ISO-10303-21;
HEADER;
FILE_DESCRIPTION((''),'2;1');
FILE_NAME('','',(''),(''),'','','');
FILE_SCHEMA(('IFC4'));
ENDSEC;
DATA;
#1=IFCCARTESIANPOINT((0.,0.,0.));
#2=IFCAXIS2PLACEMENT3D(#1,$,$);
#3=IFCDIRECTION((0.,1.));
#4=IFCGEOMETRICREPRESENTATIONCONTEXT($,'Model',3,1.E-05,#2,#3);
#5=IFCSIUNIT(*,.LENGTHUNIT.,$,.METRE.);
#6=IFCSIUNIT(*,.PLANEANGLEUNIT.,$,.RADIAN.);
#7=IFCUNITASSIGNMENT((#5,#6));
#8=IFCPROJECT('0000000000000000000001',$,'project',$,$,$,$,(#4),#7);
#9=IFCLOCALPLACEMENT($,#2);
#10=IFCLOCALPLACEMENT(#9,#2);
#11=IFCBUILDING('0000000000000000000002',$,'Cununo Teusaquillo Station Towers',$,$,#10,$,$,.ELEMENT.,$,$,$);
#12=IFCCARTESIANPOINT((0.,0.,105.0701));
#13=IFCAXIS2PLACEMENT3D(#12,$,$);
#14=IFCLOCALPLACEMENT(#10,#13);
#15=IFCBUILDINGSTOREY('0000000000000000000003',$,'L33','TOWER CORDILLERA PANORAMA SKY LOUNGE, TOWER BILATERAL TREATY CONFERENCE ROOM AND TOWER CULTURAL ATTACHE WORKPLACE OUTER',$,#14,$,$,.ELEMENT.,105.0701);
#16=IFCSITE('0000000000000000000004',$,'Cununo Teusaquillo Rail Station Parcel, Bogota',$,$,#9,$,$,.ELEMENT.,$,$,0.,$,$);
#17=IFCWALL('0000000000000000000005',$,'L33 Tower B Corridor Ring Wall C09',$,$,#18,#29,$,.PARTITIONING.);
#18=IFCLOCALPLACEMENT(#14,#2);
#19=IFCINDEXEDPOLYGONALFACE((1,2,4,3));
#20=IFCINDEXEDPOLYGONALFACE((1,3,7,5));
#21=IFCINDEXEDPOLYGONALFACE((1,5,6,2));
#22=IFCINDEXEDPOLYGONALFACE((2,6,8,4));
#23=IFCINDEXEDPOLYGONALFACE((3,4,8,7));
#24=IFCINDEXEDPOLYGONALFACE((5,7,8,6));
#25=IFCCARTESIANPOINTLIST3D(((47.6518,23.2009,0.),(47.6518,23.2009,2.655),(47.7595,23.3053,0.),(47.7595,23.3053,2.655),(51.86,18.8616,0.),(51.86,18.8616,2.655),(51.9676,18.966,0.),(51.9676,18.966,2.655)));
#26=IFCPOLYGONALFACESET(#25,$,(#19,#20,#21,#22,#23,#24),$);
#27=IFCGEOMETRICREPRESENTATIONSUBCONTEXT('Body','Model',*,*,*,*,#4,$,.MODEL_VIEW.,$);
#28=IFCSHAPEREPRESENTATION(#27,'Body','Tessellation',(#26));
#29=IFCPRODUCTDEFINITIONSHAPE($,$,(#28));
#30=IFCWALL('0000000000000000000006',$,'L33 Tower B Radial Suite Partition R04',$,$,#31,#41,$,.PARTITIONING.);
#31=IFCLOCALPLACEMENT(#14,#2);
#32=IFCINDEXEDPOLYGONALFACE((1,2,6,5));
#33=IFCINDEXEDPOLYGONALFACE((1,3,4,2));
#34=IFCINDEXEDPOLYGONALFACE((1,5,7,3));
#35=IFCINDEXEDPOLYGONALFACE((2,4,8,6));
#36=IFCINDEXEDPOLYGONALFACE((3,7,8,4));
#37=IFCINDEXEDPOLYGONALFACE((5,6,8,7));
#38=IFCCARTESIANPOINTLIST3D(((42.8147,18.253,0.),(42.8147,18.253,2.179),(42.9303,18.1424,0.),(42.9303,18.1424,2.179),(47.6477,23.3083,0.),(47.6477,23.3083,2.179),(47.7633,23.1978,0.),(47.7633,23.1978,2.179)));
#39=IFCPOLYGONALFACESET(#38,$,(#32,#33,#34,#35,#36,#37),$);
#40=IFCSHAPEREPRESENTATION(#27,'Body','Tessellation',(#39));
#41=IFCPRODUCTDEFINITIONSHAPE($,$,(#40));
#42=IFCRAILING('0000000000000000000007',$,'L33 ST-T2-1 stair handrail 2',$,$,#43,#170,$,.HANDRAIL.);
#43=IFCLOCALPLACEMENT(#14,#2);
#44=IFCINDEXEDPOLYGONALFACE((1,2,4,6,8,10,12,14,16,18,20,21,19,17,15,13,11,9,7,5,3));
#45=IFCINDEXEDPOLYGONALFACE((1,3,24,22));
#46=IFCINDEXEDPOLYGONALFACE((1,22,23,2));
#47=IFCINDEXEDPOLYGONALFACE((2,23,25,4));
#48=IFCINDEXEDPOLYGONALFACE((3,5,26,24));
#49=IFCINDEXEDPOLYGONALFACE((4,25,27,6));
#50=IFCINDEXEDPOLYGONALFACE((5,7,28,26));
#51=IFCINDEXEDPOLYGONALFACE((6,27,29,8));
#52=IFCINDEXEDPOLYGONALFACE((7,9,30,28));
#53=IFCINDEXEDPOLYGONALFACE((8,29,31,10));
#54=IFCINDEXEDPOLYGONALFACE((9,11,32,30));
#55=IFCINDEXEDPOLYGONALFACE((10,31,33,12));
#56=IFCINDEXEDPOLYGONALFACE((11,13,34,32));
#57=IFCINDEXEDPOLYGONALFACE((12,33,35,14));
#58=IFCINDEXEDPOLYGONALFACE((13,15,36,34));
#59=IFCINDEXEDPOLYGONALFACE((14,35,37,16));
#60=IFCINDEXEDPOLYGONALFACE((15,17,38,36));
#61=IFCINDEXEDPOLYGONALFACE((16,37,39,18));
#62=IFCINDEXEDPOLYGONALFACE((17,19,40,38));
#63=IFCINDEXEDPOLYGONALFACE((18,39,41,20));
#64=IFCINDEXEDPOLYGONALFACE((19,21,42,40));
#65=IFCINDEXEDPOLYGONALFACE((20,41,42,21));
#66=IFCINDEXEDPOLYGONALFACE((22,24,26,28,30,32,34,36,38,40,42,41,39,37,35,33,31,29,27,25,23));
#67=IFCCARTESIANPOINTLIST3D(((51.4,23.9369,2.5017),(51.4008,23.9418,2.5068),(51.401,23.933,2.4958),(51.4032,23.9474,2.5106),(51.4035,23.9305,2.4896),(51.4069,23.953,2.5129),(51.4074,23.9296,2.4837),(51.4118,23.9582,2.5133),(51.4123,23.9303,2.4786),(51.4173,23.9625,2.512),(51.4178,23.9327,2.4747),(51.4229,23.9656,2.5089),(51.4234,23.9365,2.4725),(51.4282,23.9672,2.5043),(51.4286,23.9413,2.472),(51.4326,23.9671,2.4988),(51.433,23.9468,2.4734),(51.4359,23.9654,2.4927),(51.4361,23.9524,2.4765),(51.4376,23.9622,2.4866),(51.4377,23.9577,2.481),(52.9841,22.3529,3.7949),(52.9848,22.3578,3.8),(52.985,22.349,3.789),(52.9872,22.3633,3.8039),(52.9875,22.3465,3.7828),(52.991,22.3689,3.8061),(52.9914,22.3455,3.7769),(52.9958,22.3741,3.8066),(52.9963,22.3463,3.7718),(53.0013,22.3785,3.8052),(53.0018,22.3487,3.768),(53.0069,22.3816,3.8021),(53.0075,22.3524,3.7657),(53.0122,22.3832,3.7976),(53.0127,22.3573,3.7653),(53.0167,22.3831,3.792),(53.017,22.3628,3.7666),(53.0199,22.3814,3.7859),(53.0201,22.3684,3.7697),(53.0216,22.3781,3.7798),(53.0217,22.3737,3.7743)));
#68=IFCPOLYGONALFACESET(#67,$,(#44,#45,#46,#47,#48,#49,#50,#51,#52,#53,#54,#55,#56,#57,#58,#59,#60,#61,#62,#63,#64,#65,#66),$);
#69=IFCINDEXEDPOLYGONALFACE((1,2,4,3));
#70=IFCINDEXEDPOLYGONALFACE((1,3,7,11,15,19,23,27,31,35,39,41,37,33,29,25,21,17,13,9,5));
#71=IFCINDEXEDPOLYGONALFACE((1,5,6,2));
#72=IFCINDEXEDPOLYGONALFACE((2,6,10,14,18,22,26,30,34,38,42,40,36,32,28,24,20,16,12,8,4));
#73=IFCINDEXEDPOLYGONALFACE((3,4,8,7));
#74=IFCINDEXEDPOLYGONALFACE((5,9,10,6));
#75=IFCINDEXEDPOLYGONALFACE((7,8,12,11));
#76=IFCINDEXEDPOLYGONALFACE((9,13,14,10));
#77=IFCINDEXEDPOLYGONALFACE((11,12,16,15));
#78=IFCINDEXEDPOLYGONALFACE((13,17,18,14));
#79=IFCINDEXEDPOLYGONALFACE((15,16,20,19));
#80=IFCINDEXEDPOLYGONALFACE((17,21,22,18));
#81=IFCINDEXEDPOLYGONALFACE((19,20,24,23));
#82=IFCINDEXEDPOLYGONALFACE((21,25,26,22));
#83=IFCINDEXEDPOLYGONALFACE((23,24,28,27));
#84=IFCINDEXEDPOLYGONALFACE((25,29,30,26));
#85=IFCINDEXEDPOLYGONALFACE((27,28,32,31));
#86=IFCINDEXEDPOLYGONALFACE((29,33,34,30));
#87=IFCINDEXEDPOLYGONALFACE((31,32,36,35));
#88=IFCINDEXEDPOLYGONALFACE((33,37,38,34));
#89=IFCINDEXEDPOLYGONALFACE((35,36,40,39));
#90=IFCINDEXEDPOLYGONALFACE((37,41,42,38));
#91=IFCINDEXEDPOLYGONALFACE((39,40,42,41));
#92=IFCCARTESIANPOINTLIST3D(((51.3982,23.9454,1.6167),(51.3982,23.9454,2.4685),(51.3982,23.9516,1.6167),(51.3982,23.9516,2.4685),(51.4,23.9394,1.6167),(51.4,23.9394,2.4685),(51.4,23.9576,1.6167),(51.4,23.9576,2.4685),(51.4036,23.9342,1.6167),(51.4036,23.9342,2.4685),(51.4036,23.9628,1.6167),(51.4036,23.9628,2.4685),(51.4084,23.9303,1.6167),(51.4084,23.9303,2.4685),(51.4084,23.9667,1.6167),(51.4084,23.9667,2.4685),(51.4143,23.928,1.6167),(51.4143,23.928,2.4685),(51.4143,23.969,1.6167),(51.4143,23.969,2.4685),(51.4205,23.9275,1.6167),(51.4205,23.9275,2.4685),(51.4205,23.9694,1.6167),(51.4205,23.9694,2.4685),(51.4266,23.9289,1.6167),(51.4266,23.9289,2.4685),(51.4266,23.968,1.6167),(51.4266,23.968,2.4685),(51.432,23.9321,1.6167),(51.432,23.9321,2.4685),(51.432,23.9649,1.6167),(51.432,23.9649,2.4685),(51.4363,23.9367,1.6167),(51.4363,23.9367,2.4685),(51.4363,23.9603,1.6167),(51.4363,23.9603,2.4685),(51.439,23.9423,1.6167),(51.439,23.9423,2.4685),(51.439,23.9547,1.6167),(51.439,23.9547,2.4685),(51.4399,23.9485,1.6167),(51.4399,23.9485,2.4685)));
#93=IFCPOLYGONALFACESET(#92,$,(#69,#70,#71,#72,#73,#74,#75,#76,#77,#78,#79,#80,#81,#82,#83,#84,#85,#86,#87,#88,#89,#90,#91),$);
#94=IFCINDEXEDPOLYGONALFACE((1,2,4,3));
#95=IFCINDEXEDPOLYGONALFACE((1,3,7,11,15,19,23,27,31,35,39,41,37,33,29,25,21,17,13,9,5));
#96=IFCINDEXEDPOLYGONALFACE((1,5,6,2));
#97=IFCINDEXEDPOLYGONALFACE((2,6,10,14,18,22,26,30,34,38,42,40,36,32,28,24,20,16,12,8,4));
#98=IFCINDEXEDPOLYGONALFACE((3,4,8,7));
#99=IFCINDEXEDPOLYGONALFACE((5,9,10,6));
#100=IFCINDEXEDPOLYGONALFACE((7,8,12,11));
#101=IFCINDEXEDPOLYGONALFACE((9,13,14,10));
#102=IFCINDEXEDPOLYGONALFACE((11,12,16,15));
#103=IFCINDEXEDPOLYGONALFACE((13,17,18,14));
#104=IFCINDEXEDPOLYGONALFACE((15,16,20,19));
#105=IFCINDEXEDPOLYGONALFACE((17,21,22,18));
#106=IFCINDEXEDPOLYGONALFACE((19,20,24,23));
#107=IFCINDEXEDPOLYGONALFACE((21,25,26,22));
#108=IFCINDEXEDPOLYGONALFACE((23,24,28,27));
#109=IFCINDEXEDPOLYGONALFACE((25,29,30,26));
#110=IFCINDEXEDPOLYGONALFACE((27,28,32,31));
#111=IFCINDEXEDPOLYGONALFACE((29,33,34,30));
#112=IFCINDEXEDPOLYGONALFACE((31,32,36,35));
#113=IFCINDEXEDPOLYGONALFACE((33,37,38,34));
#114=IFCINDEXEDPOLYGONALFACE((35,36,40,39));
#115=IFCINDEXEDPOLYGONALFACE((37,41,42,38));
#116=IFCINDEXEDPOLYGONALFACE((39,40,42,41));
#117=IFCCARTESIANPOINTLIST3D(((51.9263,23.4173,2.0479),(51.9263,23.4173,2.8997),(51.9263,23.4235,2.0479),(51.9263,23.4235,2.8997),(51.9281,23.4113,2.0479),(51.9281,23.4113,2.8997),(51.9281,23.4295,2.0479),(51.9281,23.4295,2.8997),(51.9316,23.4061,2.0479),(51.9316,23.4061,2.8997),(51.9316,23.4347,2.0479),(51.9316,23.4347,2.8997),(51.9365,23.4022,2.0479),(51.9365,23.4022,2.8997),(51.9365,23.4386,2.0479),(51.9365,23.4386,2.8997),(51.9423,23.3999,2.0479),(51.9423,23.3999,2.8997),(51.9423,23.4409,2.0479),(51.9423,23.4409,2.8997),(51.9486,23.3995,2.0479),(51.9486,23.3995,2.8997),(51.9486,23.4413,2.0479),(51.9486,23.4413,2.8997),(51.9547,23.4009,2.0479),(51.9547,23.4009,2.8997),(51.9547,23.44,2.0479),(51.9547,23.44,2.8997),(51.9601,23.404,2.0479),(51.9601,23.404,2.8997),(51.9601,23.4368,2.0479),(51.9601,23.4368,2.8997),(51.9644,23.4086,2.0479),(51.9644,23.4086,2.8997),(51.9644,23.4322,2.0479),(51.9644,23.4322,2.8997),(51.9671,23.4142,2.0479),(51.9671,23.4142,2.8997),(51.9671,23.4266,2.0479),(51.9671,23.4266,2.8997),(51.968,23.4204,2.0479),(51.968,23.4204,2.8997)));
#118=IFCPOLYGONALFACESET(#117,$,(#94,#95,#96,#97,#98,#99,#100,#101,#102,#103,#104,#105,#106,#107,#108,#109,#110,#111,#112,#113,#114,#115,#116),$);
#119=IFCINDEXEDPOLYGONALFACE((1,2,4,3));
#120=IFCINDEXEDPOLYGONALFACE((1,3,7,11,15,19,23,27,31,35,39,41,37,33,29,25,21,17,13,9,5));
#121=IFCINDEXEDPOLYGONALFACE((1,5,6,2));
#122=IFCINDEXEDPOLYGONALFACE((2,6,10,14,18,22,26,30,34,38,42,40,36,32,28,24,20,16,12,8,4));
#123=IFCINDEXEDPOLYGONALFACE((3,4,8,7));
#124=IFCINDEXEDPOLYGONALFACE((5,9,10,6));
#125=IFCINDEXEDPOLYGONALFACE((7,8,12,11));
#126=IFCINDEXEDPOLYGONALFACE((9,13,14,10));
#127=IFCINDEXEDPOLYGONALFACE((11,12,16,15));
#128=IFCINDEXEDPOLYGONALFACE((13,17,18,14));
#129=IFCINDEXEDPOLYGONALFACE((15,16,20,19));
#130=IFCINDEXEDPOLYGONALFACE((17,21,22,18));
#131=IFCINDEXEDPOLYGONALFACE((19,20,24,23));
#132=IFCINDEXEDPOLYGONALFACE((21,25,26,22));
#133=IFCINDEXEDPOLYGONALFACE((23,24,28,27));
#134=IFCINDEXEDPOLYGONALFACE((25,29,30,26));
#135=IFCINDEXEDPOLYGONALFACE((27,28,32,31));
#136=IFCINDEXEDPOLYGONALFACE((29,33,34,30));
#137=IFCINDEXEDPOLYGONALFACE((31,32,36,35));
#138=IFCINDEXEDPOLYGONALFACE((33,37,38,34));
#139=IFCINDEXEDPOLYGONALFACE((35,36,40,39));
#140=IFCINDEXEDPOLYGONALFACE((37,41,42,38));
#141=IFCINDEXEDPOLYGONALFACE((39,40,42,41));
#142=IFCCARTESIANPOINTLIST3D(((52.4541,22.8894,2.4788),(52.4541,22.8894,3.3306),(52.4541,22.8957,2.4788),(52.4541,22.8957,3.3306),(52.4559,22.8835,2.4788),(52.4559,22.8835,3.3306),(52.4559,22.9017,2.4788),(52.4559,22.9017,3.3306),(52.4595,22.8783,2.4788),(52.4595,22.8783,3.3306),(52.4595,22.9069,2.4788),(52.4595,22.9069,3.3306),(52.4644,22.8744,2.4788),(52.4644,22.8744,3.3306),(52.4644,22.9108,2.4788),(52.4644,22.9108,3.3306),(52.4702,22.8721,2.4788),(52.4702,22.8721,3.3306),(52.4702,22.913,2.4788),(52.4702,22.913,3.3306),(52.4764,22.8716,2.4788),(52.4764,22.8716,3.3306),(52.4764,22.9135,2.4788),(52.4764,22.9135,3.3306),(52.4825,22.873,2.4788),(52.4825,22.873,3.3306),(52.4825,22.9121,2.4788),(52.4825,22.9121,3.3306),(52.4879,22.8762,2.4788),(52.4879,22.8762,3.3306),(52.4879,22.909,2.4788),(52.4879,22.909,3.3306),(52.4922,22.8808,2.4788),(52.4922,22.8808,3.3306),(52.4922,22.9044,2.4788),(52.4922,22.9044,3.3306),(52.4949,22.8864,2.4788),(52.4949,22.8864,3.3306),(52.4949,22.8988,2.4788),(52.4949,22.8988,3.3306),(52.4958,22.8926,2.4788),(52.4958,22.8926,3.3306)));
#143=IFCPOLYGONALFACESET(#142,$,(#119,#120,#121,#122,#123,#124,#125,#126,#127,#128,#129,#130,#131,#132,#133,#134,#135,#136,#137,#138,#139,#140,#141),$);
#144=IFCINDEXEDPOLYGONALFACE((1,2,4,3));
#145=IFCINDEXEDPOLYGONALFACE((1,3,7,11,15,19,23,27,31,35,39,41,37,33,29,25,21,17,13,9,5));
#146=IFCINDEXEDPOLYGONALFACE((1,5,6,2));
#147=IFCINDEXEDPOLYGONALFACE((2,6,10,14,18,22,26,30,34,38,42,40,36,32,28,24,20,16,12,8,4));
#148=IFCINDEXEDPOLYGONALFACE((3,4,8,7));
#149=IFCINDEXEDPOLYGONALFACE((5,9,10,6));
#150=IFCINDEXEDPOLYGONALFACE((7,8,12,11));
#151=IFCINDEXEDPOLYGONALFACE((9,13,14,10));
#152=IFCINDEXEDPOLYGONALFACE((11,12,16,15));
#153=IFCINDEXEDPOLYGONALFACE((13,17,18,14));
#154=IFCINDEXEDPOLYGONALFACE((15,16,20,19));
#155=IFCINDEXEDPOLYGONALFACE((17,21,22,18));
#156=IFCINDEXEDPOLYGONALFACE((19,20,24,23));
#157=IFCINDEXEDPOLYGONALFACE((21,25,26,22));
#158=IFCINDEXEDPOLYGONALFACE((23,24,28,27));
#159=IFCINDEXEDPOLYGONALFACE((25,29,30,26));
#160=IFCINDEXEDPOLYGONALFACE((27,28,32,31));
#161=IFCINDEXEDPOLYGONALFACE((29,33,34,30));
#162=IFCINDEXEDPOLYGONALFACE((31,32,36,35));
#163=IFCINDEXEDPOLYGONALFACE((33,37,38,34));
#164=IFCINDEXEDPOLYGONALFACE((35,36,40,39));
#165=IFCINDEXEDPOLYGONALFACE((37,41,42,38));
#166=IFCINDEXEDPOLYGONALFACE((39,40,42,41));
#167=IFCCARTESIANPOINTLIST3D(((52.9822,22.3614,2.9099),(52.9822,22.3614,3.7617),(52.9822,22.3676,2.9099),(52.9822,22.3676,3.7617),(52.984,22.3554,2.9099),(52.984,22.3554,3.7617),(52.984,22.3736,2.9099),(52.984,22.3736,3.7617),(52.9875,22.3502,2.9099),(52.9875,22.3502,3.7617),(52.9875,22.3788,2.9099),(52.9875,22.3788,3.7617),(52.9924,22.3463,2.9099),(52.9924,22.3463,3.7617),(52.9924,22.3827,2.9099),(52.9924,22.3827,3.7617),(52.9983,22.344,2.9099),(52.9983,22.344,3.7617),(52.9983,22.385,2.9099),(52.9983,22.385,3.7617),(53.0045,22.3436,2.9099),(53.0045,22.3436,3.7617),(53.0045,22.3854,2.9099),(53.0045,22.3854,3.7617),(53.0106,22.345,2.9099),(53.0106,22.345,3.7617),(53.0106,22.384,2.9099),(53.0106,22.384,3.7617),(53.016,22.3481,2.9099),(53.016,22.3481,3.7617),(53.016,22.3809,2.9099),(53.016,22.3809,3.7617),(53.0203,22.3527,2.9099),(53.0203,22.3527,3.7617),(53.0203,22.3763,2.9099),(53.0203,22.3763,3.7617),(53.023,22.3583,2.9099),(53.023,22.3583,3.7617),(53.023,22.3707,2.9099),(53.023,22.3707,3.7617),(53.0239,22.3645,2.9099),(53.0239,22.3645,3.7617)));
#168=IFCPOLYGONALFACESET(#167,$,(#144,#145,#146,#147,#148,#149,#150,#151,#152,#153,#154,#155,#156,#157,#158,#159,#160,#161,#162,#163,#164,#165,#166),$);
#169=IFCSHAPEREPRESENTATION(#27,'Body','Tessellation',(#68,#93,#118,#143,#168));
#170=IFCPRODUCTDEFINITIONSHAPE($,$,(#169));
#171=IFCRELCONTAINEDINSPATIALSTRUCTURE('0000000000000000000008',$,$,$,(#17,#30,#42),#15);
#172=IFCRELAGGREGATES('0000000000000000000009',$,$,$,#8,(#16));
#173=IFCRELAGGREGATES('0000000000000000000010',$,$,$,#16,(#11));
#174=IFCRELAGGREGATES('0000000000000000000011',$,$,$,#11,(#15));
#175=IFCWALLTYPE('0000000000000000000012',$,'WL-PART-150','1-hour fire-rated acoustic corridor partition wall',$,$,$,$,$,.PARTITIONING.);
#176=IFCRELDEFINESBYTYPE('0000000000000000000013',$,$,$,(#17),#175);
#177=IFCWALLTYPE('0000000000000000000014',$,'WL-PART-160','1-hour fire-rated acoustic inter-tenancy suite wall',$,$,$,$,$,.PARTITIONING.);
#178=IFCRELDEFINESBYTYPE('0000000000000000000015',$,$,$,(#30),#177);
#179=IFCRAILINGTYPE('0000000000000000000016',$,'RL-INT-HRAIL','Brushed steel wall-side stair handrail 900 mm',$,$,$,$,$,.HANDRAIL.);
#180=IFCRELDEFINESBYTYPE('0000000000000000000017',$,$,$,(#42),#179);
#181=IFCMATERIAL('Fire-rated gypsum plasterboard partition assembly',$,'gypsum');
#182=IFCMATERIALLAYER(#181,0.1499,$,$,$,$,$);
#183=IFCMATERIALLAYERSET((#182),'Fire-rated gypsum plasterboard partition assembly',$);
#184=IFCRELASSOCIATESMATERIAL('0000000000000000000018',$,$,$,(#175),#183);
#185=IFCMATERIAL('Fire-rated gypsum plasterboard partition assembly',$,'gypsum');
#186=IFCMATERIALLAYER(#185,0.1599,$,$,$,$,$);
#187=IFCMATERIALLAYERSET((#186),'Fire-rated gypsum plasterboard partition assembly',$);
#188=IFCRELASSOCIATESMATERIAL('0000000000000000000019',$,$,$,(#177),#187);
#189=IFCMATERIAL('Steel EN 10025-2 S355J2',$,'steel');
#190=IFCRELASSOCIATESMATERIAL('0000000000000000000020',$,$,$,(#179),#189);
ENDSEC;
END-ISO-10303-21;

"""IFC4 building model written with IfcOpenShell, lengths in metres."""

from ifc_helpers import new_model, si_unit, direction, frame, frame_2d, origin, origin_2d, place, context, subcontext, project, spatial, rectangle, circle, extrude, material, layer, layer_set, type_object, element, save


model = new_model("IFC4")

# Units and contexts
model_context = context("Model", 3, precision=1e-05, world=origin(), true_north=direction((0.0, 1.0)))
body_context = subcontext(model_context, "Body", "Model", "MODEL_VIEW")
ifc_project = project(units=[si_unit("LENGTHUNIT", "METRE"), si_unit("PLANEANGLEUNIT", "RADIAN")], contexts=[model_context])

# Site, building, storey
site_placement = place(None, origin())
site = spatial("IfcSite", under=ifc_project, at=site_placement, Name="Cununo Teusaquillo Rail Station Parcel, Bogota", CompositionType="ELEMENT", RefElevation=0.0)
building_placement = place(site_placement, origin())
building = spatial("IfcBuilding", under=site, at=building_placement, Name="Cununo Teusaquillo Station Towers", CompositionType="ELEMENT")
storey_placement = place(building_placement, frame((0.0, 0.0, 105.0701)))
storey = spatial("IfcBuildingStorey", under=building, at=storey_placement, Name="L33", Description="TOWER CORDILLERA PANORAMA SKY LOUNGE, TOWER BILATERAL TREATY CONFERENCE ROOM AND TOWER CULTURAL ATTACHE WORKPLACE OUTER", CompositionType="ELEMENT", Elevation=105.0701)

# Walls
ifc_material_1 = material(Name="Fire-rated gypsum plasterboard partition assembly", Category="gypsum")
ifc_layer_1 = layer(ifc_material_1, 0.1499)
ifc_layer_set_1 = layer_set([ifc_layer_1], Name="Fire-rated gypsum plasterboard partition assembly")
wall_type_1 = type_object("IfcWallType", Name="WL-PART-150", Description="1-hour fire-rated acoustic corridor partition wall", PredefinedType="PARTITIONING", material=ifc_layer_set_1)
wall_1_placement = place(storey_placement, frame((47.7056, 23.2532, 0.0), z_axis=(0.0, 0.0, 1.0), x_axis=(0.696179, -0.717868, 0.0)))
element("IfcWall", 1, at=wall_1_placement, inside=storey, type_object=wall_type_1, Name="L33 Tower B Corridor Ring Wall C09", PredefinedType="PARTITIONING", context=body_context, shape_type="SweptSolid", body=[
    extrude(rectangle(XDim=6.0447, YDim=0.1499, at=frame_2d((3.0225, 0.0))), origin(), (0.0, 0.0, 1.0), 2.655),
])
ifc_material_2 = material(Name="Fire-rated gypsum plasterboard partition assembly", Category="gypsum")
ifc_layer_2 = layer(ifc_material_2, 0.1599)
ifc_layer_set_2 = layer_set([ifc_layer_2], Name="Fire-rated gypsum plasterboard partition assembly")
wall_type_2 = type_object("IfcWallType", Name="WL-PART-160", Description="1-hour fire-rated acoustic inter-tenancy suite wall", PredefinedType="PARTITIONING", material=ifc_layer_set_2)
wall_2_placement = place(storey_placement, frame((47.7056, 23.2532, 0.0), z_axis=(0.0, 0.0, 1.0), x_axis=(-0.691028, -0.722828, 0.0)))
element("IfcWall", 2, at=wall_2_placement, inside=storey, type_object=wall_type_2, Name="L33 Tower B Radial Suite Partition R04", PredefinedType="PARTITIONING", context=body_context, shape_type="SweptSolid", body=[
    extrude(rectangle(XDim=6.9939, YDim=0.1599, at=frame_2d((3.4971, 0.0))), origin(), (0.0, 0.0, 1.0), 2.179),
])

# Railing
ifc_material_3 = material(Name="Steel EN 10025-2 S355J2", Category="steel")
railing_type = type_object("IfcRailingType", Name="RL-INT-HRAIL", Description="Brushed steel wall-side stair handrail 900 mm", PredefinedType="HANDRAIL", material=ifc_material_3)
railing_placement = place(storey_placement, frame((51.4189, 23.9485, 1.6167)))
element("IfcRailing", 3, at=railing_placement, inside=storey, type_object=railing_type, Name="L33 ST-T2-1 stair handrail 2", PredefinedType="HANDRAIL", context=body_context, shape_type="SweptSolid", body=[
    extrude(circle(Radius=0.0239, at=origin_2d()), frame((0.0, 0.0, 0.876), z_axis=(0.612385, -0.612385, 0.49997), x_axis=(0.707107, 0.707107, 0.0)), (0.0, 0.0, 1.0), 2.5867),
    extrude(circle(Radius=0.021, at=origin_2d()), origin(), (0.0, 0.0, 1.0), 0.8518),
    extrude(circle(Radius=0.021, at=origin_2d()), frame((0.5281, -0.5281, 0.4312)), (0.0, 0.0, 1.0), 0.8518),
    extrude(circle(Radius=0.021, at=origin_2d()), frame((1.0559, -1.0559, 0.8621)), (0.0, 0.0, 1.0), 0.8518),
    extrude(circle(Radius=0.021, at=origin_2d()), frame((1.584, -1.584, 1.2932)), (0.0, 0.0, 1.0), 0.8518),
])

save(model, "model.ifc")
